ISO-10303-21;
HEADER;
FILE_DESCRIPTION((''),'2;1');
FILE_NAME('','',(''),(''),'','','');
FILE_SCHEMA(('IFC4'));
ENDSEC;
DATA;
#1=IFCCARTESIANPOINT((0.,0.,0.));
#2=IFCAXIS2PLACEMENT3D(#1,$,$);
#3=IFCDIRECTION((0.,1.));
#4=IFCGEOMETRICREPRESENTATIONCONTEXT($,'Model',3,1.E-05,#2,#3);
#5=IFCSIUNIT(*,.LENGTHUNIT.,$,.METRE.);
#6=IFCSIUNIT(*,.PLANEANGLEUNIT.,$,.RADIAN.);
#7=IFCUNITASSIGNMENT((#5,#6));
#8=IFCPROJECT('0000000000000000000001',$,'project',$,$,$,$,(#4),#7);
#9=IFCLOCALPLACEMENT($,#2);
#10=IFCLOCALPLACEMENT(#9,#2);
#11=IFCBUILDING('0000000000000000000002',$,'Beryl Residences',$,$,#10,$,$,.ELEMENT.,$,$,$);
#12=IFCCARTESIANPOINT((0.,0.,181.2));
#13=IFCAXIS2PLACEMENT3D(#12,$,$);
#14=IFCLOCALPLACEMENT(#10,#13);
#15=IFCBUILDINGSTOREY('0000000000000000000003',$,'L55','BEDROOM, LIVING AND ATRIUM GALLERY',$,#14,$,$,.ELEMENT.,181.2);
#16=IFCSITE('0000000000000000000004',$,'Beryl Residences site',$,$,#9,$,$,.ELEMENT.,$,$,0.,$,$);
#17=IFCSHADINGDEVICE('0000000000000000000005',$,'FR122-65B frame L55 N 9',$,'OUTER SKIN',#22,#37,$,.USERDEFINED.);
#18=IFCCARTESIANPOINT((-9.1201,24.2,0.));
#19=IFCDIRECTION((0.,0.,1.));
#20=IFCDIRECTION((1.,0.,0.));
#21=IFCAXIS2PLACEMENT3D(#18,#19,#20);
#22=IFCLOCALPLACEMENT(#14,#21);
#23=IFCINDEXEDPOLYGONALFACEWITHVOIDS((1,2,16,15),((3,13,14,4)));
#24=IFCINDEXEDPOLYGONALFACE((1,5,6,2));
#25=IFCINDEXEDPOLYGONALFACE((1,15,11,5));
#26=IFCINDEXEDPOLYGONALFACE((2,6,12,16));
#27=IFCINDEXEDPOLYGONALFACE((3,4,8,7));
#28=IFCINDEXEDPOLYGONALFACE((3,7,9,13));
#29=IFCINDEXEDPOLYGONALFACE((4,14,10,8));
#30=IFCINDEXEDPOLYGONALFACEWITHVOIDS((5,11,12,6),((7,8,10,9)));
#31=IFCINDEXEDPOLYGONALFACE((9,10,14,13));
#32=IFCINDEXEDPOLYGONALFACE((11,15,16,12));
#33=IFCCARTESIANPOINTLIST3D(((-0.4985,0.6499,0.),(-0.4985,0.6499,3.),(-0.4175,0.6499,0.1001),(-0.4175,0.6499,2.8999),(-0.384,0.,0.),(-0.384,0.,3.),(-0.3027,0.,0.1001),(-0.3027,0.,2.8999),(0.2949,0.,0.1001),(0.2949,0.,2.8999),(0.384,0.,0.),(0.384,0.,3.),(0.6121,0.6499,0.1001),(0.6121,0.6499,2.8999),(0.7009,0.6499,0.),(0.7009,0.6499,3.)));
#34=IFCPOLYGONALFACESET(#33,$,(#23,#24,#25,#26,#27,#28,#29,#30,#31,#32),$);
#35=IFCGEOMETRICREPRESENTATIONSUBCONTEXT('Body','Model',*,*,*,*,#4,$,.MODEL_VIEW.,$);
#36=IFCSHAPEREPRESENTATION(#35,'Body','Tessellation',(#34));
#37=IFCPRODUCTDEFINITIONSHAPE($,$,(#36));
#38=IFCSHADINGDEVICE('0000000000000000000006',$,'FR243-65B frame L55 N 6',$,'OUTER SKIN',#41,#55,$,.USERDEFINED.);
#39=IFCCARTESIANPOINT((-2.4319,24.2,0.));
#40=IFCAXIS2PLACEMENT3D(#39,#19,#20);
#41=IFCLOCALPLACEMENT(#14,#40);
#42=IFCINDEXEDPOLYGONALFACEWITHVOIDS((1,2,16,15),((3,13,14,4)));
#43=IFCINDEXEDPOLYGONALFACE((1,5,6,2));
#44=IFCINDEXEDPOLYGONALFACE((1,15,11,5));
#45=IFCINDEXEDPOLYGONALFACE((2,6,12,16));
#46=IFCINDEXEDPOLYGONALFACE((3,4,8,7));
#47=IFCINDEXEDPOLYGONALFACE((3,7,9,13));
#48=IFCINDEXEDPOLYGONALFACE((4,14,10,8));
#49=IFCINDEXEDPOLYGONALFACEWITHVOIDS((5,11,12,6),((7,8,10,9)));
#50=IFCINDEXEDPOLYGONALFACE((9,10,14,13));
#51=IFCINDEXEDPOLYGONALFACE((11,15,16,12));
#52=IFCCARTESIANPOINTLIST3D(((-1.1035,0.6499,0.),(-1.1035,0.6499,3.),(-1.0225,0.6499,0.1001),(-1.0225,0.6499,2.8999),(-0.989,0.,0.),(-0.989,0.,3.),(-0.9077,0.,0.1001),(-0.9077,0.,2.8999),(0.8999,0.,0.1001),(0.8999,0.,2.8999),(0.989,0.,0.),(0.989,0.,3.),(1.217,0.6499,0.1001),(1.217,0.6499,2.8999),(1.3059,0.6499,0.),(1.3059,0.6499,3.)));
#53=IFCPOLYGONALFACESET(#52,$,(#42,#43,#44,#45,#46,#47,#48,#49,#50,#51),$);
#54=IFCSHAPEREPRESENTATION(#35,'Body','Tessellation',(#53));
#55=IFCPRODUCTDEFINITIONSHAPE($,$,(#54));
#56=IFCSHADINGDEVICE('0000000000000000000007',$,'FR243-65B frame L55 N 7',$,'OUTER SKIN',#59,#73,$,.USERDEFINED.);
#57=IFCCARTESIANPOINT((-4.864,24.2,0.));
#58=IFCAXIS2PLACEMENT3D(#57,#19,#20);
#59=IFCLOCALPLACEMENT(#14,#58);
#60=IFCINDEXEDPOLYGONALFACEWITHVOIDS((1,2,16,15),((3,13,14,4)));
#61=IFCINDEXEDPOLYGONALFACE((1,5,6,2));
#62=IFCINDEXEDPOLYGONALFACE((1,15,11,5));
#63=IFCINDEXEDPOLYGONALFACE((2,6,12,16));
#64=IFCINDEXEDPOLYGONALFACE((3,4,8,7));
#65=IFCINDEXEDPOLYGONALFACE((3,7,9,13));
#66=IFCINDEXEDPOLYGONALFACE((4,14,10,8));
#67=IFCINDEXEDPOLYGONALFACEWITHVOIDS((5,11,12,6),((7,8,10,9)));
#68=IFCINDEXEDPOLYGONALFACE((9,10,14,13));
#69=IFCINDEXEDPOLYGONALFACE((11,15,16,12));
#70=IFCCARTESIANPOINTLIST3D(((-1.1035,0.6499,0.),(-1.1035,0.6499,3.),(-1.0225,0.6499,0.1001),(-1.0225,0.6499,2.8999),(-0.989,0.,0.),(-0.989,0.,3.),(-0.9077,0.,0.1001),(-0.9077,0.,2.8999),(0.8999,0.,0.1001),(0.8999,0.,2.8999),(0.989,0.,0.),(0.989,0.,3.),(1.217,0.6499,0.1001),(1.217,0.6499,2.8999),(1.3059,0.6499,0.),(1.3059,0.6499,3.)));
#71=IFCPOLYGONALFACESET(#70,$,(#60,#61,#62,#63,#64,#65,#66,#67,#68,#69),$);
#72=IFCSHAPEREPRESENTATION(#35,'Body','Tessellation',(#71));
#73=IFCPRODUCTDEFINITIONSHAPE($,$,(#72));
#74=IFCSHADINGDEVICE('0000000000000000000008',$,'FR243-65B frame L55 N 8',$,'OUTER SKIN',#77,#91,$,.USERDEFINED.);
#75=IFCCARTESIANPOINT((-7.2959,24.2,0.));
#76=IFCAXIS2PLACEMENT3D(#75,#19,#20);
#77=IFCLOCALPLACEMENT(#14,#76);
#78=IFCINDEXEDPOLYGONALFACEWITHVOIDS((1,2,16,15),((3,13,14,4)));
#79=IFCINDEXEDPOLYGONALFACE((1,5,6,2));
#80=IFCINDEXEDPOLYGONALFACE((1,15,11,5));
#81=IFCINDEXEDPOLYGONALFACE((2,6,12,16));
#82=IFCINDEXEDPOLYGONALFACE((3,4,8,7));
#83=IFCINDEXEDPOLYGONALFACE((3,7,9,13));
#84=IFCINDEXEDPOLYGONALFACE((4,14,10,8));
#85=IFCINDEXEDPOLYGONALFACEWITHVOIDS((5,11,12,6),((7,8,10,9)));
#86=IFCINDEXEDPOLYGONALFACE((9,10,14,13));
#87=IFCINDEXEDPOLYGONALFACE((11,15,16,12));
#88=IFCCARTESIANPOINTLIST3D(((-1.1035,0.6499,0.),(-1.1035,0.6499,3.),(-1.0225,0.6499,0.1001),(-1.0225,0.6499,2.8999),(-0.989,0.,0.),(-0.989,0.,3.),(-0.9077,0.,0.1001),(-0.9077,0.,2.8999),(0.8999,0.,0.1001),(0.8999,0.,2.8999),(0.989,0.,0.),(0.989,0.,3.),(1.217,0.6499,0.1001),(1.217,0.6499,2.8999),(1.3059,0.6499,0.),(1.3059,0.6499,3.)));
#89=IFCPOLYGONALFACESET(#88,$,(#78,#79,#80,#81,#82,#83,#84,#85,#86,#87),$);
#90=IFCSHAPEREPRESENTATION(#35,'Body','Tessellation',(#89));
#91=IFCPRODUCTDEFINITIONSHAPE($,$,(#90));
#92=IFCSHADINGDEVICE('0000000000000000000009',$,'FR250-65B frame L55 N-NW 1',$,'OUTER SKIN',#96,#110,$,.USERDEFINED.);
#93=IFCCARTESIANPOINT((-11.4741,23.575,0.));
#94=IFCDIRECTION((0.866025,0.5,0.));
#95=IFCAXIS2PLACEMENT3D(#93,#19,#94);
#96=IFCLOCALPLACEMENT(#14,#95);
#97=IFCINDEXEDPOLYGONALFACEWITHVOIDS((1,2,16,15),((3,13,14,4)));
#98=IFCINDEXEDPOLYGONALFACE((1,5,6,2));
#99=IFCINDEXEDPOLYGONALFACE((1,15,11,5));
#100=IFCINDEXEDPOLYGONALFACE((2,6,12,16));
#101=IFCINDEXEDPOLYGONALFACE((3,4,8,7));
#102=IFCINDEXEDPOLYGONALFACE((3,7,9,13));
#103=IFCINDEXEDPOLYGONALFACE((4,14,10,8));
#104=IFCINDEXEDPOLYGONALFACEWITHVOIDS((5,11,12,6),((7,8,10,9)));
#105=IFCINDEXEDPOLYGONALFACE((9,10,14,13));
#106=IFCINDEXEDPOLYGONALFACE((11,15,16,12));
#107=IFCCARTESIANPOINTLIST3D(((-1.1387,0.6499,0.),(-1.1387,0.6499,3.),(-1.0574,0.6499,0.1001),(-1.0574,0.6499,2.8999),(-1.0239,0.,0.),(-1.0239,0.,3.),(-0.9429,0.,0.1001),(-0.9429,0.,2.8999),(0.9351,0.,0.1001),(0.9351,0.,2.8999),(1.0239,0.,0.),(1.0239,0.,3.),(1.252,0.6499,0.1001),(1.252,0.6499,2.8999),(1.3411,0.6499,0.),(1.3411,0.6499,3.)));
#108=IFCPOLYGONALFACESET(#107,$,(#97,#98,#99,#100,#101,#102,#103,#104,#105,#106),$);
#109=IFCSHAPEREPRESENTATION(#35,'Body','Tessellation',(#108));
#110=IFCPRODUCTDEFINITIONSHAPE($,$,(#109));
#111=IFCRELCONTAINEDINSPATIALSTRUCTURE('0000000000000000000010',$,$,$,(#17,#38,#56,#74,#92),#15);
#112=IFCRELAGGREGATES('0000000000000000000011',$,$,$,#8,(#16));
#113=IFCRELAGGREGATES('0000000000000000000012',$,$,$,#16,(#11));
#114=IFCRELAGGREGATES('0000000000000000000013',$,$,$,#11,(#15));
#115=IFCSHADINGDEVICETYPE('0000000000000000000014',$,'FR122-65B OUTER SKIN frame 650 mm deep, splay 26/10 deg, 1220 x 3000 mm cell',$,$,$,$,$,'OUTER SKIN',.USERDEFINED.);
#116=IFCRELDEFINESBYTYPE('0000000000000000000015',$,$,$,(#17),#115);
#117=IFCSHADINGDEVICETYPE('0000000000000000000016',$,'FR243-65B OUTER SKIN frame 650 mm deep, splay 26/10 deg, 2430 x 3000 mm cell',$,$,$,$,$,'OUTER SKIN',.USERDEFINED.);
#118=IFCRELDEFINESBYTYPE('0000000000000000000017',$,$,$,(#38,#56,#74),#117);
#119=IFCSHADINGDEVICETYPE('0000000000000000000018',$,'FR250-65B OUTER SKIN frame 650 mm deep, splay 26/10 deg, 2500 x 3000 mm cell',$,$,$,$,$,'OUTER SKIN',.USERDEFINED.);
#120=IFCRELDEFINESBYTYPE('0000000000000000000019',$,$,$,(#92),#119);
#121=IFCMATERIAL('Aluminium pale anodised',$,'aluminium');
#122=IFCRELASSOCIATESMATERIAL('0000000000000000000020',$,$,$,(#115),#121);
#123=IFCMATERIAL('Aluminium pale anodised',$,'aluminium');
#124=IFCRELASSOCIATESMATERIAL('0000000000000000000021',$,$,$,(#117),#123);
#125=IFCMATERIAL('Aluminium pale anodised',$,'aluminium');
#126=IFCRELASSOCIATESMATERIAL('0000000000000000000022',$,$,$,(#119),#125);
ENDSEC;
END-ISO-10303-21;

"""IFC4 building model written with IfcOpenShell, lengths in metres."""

from ifc_helpers import new_model, entity, si_unit, direction, frame, origin, place, context, subcontext, project, spatial, source, transform, mapped, material, type_object, type_shapes, element, save


model = new_model("IFC4")

# Units and contexts
model_context = context("Model", 3, precision=1e-05, world=origin(), true_north=direction((0.0, 1.0)))
body_context = subcontext(model_context, "Body", "Model", "MODEL_VIEW")
ifc_project = project(units=[si_unit("LENGTHUNIT", "METRE"), si_unit("PLANEANGLEUNIT", "RADIAN")], contexts=[model_context])

# Site, building, storey
site_placement = place(None, origin())
site = spatial("IfcSite", under=ifc_project, at=site_placement, Name="Beryl Residences site", CompositionType="ELEMENT", RefElevation=0.0)
building_placement = place(site_placement, origin())
building = spatial("IfcBuilding", under=site, at=building_placement, Name="Beryl Residences", CompositionType="ELEMENT")
storey_placement = place(building_placement, frame((0.0, 0.0, 181.2)))
storey = spatial("IfcBuildingStorey", under=building, at=storey_placement, Name="L55", Description="BEDROOM, LIVING AND ATRIUM GALLERY", CompositionType="ELEMENT", Elevation=181.2)

# Shading devices
ifc_material_1 = material(Name="Aluminium pale anodised", Category="aluminium")
shading_device_type_1 = type_object("IfcShadingDeviceType", Name="FR122-65B OUTER SKIN frame 650 mm deep, splay 26/10 deg, 1220 x 3000 mm cell", ElementType="OUTER SKIN", PredefinedType="USERDEFINED", material=ifc_material_1)
cartesian_point_1 = entity("IfcCartesianPoint", [-0.384, 0.0])
cartesian_point_2 = entity("IfcCartesianPoint", [-0.2949, 0.1001])
cartesian_point_3 = entity("IfcCartesianPoint", [-0.7009, 0.0])
cartesian_point_4 = entity("IfcCartesianPoint", [-0.6121, 0.1001])
shared_shape_1 = source(origin(), body_context, "Body", "SweptSolid", [
    entity("IfcExtrudedAreaSolidTapered", entity("IfcArbitraryProfileDefWithVoids", "AREA", None, entity("IfcPolyline", [cartesian_point_1, entity("IfcCartesianPoint", [0.384, 0.0]), entity("IfcCartesianPoint", [0.384, 3.0]), entity("IfcCartesianPoint", [-0.384, 3.0]), cartesian_point_1]), [entity("IfcPolyline", [cartesian_point_2, entity("IfcCartesianPoint", [0.3027, 0.1001]), entity("IfcCartesianPoint", [0.3027, 2.8999]), entity("IfcCartesianPoint", [-0.2949, 2.8999]), cartesian_point_2])]), entity("IfcAxis2Placement3D", entity("IfcCartesianPoint", [0.0, 0.0, 0.0]), entity("IfcDirection", [0.0, 1.0, 0.0]), entity("IfcDirection", [-1.0, 0.0, 0.0])), entity("IfcDirection", [0.0, 0.0, 1.0]), 0.6499, entity("IfcArbitraryProfileDefWithVoids", "AREA", None, entity("IfcPolyline", [cartesian_point_3, entity("IfcCartesianPoint", [0.4985, 0.0]), entity("IfcCartesianPoint", [0.4985, 3.0]), entity("IfcCartesianPoint", [-0.7009, 3.0]), cartesian_point_3]), [entity("IfcPolyline", [cartesian_point_4, entity("IfcCartesianPoint", [0.4175, 0.1001]), entity("IfcCartesianPoint", [0.4175, 2.8999]), entity("IfcCartesianPoint", [-0.6121, 2.8999]), cartesian_point_4])])),
])
type_shapes(shading_device_type_1, [shared_shape_1])
shading_device_1_placement = place(storey_placement, frame((-9.1201, 24.2, 0.0), z_axis=(0.0, 0.0, 1.0), x_axis=(1.0, 0.0, 0.0)))
element("IfcShadingDevice", 1, at=shading_device_1_placement, inside=storey, type_object=shading_device_type_1, Name="FR122-65B frame L55 N 9", ObjectType="OUTER SKIN", PredefinedType="USERDEFINED", context=body_context, shape_type="MappedRepresentation", body=[
    mapped(shared_shape_1, transform((0.0, 0.0, 0.0))),
])
ifc_material_2 = material(Name="Aluminium pale anodised", Category="aluminium")
shading_device_type_2 = type_object("IfcShadingDeviceType", Name="FR243-65B OUTER SKIN frame 650 mm deep, splay 26/10 deg, 2430 x 3000 mm cell", ElementType="OUTER SKIN", PredefinedType="USERDEFINED", material=ifc_material_2)
cartesian_point_5 = entity("IfcCartesianPoint", [-0.989, 0.0])
cartesian_point_6 = entity("IfcCartesianPoint", [-0.8999, 0.1001])
cartesian_point_7 = entity("IfcCartesianPoint", [-1.3059, 0.0])
cartesian_point_8 = entity("IfcCartesianPoint", [-1.217, 0.1001])
shared_shape_2 = source(origin(), body_context, "Body", "SweptSolid", [
    entity("IfcExtrudedAreaSolidTapered", entity("IfcArbitraryProfileDefWithVoids", "AREA", None, entity("IfcPolyline", [cartesian_point_5, entity("IfcCartesianPoint", [0.989, 0.0]), entity("IfcCartesianPoint", [0.989, 3.0]), entity("IfcCartesianPoint", [-0.989, 3.0]), cartesian_point_5]), [entity("IfcPolyline", [cartesian_point_6, entity("IfcCartesianPoint", [0.9077, 0.1001]), entity("IfcCartesianPoint", [0.9077, 2.8999]), entity("IfcCartesianPoint", [-0.8999, 2.8999]), cartesian_point_6])]), entity("IfcAxis2Placement3D", entity("IfcCartesianPoint", [0.0, 0.0, 0.0]), entity("IfcDirection", [0.0, 1.0, 0.0]), entity("IfcDirection", [-1.0, 0.0, 0.0])), entity("IfcDirection", [0.0, 0.0, 1.0]), 0.6499, entity("IfcArbitraryProfileDefWithVoids", "AREA", None, entity("IfcPolyline", [cartesian_point_7, entity("IfcCartesianPoint", [1.1035, 0.0]), entity("IfcCartesianPoint", [1.1035, 3.0]), entity("IfcCartesianPoint", [-1.3059, 3.0]), cartesian_point_7]), [entity("IfcPolyline", [cartesian_point_8, entity("IfcCartesianPoint", [1.0225, 0.1001]), entity("IfcCartesianPoint", [1.0225, 2.8999]), entity("IfcCartesianPoint", [-1.217, 2.8999]), cartesian_point_8])])),
])
type_shapes(shading_device_type_2, [shared_shape_2])
for number, where, z_axis, x_axis, name in (
    (2, (-2.4319, 24.2, 0.0), (0.0, 0.0, 1.0), (1.0, 0.0, 0.0), "FR243-65B frame L55 N 6"),
    (3, (-4.864, 24.2, 0.0), (0.0, 0.0, 1.0), (1.0, 0.0, 0.0), "FR243-65B frame L55 N 7"),
    (4, (-7.2959, 24.2, 0.0), (0.0, 0.0, 1.0), (1.0, 0.0, 0.0), "FR243-65B frame L55 N 8"),
):
    element("IfcShadingDevice", number, at=place(storey_placement, frame(where, z_axis=z_axis, x_axis=x_axis)), inside=storey, type_object=shading_device_type_2, Name=name, ObjectType="OUTER SKIN", PredefinedType="USERDEFINED", context=body_context, shape_type="MappedRepresentation", body=[
        mapped(shared_shape_2, transform((0.0, 0.0, 0.0))),
    ])
ifc_material_3 = material(Name="Aluminium pale anodised", Category="aluminium")
shading_device_type_3 = type_object("IfcShadingDeviceType", Name="FR250-65B OUTER SKIN frame 650 mm deep, splay 26/10 deg, 2500 x 3000 mm cell", ElementType="OUTER SKIN", PredefinedType="USERDEFINED", material=ifc_material_3)
cartesian_point_9 = entity("IfcCartesianPoint", [-1.0239, 0.0])
cartesian_point_10 = entity("IfcCartesianPoint", [-0.9351, 0.1001])
cartesian_point_11 = entity("IfcCartesianPoint", [-1.3411, 0.0])
cartesian_point_12 = entity("IfcCartesianPoint", [-1.252, 0.1001])
shared_shape_3 = source(origin(), body_context, "Body", "SweptSolid", [
    entity("IfcExtrudedAreaSolidTapered", entity("IfcArbitraryProfileDefWithVoids", "AREA", None, entity("IfcPolyline", [cartesian_point_9, entity("IfcCartesianPoint", [1.0239, 0.0]), entity("IfcCartesianPoint", [1.0239, 3.0]), entity("IfcCartesianPoint", [-1.0239, 3.0]), cartesian_point_9]), [entity("IfcPolyline", [cartesian_point_10, entity("IfcCartesianPoint", [0.9429, 0.1001]), entity("IfcCartesianPoint", [0.9429, 2.8999]), entity("IfcCartesianPoint", [-0.9351, 2.8999]), cartesian_point_10])]), entity("IfcAxis2Placement3D", entity("IfcCartesianPoint", [0.0, 0.0, 0.0]), entity("IfcDirection", [0.0, 1.0, 0.0]), entity("IfcDirection", [-1.0, 0.0, 0.0])), entity("IfcDirection", [0.0, 0.0, 1.0]), 0.6499, entity("IfcArbitraryProfileDefWithVoids", "AREA", None, entity("IfcPolyline", [cartesian_point_11, entity("IfcCartesianPoint", [1.1387, 0.0]), entity("IfcCartesianPoint", [1.1387, 3.0]), entity("IfcCartesianPoint", [-1.3411, 3.0]), cartesian_point_11]), [entity("IfcPolyline", [cartesian_point_12, entity("IfcCartesianPoint", [1.0574, 0.1001]), entity("IfcCartesianPoint", [1.0574, 2.8999]), entity("IfcCartesianPoint", [-1.252, 2.8999]), cartesian_point_12])])),
])
type_shapes(shading_device_type_3, [shared_shape_3])
shading_device_2_placement = place(storey_placement, frame((-11.4741, 23.575, 0.0), z_axis=(0.0, 0.0, 1.0), x_axis=(0.866025, 0.5, 0.0)))
element("IfcShadingDevice", 5, at=shading_device_2_placement, inside=storey, type_object=shading_device_type_3, Name="FR250-65B frame L55 N-NW 1", ObjectType="OUTER SKIN", PredefinedType="USERDEFINED", context=body_context, shape_type="MappedRepresentation", body=[
    mapped(shared_shape_3, transform((0.0, 0.0, 0.0))),
])

save(model, "model.ifc")
